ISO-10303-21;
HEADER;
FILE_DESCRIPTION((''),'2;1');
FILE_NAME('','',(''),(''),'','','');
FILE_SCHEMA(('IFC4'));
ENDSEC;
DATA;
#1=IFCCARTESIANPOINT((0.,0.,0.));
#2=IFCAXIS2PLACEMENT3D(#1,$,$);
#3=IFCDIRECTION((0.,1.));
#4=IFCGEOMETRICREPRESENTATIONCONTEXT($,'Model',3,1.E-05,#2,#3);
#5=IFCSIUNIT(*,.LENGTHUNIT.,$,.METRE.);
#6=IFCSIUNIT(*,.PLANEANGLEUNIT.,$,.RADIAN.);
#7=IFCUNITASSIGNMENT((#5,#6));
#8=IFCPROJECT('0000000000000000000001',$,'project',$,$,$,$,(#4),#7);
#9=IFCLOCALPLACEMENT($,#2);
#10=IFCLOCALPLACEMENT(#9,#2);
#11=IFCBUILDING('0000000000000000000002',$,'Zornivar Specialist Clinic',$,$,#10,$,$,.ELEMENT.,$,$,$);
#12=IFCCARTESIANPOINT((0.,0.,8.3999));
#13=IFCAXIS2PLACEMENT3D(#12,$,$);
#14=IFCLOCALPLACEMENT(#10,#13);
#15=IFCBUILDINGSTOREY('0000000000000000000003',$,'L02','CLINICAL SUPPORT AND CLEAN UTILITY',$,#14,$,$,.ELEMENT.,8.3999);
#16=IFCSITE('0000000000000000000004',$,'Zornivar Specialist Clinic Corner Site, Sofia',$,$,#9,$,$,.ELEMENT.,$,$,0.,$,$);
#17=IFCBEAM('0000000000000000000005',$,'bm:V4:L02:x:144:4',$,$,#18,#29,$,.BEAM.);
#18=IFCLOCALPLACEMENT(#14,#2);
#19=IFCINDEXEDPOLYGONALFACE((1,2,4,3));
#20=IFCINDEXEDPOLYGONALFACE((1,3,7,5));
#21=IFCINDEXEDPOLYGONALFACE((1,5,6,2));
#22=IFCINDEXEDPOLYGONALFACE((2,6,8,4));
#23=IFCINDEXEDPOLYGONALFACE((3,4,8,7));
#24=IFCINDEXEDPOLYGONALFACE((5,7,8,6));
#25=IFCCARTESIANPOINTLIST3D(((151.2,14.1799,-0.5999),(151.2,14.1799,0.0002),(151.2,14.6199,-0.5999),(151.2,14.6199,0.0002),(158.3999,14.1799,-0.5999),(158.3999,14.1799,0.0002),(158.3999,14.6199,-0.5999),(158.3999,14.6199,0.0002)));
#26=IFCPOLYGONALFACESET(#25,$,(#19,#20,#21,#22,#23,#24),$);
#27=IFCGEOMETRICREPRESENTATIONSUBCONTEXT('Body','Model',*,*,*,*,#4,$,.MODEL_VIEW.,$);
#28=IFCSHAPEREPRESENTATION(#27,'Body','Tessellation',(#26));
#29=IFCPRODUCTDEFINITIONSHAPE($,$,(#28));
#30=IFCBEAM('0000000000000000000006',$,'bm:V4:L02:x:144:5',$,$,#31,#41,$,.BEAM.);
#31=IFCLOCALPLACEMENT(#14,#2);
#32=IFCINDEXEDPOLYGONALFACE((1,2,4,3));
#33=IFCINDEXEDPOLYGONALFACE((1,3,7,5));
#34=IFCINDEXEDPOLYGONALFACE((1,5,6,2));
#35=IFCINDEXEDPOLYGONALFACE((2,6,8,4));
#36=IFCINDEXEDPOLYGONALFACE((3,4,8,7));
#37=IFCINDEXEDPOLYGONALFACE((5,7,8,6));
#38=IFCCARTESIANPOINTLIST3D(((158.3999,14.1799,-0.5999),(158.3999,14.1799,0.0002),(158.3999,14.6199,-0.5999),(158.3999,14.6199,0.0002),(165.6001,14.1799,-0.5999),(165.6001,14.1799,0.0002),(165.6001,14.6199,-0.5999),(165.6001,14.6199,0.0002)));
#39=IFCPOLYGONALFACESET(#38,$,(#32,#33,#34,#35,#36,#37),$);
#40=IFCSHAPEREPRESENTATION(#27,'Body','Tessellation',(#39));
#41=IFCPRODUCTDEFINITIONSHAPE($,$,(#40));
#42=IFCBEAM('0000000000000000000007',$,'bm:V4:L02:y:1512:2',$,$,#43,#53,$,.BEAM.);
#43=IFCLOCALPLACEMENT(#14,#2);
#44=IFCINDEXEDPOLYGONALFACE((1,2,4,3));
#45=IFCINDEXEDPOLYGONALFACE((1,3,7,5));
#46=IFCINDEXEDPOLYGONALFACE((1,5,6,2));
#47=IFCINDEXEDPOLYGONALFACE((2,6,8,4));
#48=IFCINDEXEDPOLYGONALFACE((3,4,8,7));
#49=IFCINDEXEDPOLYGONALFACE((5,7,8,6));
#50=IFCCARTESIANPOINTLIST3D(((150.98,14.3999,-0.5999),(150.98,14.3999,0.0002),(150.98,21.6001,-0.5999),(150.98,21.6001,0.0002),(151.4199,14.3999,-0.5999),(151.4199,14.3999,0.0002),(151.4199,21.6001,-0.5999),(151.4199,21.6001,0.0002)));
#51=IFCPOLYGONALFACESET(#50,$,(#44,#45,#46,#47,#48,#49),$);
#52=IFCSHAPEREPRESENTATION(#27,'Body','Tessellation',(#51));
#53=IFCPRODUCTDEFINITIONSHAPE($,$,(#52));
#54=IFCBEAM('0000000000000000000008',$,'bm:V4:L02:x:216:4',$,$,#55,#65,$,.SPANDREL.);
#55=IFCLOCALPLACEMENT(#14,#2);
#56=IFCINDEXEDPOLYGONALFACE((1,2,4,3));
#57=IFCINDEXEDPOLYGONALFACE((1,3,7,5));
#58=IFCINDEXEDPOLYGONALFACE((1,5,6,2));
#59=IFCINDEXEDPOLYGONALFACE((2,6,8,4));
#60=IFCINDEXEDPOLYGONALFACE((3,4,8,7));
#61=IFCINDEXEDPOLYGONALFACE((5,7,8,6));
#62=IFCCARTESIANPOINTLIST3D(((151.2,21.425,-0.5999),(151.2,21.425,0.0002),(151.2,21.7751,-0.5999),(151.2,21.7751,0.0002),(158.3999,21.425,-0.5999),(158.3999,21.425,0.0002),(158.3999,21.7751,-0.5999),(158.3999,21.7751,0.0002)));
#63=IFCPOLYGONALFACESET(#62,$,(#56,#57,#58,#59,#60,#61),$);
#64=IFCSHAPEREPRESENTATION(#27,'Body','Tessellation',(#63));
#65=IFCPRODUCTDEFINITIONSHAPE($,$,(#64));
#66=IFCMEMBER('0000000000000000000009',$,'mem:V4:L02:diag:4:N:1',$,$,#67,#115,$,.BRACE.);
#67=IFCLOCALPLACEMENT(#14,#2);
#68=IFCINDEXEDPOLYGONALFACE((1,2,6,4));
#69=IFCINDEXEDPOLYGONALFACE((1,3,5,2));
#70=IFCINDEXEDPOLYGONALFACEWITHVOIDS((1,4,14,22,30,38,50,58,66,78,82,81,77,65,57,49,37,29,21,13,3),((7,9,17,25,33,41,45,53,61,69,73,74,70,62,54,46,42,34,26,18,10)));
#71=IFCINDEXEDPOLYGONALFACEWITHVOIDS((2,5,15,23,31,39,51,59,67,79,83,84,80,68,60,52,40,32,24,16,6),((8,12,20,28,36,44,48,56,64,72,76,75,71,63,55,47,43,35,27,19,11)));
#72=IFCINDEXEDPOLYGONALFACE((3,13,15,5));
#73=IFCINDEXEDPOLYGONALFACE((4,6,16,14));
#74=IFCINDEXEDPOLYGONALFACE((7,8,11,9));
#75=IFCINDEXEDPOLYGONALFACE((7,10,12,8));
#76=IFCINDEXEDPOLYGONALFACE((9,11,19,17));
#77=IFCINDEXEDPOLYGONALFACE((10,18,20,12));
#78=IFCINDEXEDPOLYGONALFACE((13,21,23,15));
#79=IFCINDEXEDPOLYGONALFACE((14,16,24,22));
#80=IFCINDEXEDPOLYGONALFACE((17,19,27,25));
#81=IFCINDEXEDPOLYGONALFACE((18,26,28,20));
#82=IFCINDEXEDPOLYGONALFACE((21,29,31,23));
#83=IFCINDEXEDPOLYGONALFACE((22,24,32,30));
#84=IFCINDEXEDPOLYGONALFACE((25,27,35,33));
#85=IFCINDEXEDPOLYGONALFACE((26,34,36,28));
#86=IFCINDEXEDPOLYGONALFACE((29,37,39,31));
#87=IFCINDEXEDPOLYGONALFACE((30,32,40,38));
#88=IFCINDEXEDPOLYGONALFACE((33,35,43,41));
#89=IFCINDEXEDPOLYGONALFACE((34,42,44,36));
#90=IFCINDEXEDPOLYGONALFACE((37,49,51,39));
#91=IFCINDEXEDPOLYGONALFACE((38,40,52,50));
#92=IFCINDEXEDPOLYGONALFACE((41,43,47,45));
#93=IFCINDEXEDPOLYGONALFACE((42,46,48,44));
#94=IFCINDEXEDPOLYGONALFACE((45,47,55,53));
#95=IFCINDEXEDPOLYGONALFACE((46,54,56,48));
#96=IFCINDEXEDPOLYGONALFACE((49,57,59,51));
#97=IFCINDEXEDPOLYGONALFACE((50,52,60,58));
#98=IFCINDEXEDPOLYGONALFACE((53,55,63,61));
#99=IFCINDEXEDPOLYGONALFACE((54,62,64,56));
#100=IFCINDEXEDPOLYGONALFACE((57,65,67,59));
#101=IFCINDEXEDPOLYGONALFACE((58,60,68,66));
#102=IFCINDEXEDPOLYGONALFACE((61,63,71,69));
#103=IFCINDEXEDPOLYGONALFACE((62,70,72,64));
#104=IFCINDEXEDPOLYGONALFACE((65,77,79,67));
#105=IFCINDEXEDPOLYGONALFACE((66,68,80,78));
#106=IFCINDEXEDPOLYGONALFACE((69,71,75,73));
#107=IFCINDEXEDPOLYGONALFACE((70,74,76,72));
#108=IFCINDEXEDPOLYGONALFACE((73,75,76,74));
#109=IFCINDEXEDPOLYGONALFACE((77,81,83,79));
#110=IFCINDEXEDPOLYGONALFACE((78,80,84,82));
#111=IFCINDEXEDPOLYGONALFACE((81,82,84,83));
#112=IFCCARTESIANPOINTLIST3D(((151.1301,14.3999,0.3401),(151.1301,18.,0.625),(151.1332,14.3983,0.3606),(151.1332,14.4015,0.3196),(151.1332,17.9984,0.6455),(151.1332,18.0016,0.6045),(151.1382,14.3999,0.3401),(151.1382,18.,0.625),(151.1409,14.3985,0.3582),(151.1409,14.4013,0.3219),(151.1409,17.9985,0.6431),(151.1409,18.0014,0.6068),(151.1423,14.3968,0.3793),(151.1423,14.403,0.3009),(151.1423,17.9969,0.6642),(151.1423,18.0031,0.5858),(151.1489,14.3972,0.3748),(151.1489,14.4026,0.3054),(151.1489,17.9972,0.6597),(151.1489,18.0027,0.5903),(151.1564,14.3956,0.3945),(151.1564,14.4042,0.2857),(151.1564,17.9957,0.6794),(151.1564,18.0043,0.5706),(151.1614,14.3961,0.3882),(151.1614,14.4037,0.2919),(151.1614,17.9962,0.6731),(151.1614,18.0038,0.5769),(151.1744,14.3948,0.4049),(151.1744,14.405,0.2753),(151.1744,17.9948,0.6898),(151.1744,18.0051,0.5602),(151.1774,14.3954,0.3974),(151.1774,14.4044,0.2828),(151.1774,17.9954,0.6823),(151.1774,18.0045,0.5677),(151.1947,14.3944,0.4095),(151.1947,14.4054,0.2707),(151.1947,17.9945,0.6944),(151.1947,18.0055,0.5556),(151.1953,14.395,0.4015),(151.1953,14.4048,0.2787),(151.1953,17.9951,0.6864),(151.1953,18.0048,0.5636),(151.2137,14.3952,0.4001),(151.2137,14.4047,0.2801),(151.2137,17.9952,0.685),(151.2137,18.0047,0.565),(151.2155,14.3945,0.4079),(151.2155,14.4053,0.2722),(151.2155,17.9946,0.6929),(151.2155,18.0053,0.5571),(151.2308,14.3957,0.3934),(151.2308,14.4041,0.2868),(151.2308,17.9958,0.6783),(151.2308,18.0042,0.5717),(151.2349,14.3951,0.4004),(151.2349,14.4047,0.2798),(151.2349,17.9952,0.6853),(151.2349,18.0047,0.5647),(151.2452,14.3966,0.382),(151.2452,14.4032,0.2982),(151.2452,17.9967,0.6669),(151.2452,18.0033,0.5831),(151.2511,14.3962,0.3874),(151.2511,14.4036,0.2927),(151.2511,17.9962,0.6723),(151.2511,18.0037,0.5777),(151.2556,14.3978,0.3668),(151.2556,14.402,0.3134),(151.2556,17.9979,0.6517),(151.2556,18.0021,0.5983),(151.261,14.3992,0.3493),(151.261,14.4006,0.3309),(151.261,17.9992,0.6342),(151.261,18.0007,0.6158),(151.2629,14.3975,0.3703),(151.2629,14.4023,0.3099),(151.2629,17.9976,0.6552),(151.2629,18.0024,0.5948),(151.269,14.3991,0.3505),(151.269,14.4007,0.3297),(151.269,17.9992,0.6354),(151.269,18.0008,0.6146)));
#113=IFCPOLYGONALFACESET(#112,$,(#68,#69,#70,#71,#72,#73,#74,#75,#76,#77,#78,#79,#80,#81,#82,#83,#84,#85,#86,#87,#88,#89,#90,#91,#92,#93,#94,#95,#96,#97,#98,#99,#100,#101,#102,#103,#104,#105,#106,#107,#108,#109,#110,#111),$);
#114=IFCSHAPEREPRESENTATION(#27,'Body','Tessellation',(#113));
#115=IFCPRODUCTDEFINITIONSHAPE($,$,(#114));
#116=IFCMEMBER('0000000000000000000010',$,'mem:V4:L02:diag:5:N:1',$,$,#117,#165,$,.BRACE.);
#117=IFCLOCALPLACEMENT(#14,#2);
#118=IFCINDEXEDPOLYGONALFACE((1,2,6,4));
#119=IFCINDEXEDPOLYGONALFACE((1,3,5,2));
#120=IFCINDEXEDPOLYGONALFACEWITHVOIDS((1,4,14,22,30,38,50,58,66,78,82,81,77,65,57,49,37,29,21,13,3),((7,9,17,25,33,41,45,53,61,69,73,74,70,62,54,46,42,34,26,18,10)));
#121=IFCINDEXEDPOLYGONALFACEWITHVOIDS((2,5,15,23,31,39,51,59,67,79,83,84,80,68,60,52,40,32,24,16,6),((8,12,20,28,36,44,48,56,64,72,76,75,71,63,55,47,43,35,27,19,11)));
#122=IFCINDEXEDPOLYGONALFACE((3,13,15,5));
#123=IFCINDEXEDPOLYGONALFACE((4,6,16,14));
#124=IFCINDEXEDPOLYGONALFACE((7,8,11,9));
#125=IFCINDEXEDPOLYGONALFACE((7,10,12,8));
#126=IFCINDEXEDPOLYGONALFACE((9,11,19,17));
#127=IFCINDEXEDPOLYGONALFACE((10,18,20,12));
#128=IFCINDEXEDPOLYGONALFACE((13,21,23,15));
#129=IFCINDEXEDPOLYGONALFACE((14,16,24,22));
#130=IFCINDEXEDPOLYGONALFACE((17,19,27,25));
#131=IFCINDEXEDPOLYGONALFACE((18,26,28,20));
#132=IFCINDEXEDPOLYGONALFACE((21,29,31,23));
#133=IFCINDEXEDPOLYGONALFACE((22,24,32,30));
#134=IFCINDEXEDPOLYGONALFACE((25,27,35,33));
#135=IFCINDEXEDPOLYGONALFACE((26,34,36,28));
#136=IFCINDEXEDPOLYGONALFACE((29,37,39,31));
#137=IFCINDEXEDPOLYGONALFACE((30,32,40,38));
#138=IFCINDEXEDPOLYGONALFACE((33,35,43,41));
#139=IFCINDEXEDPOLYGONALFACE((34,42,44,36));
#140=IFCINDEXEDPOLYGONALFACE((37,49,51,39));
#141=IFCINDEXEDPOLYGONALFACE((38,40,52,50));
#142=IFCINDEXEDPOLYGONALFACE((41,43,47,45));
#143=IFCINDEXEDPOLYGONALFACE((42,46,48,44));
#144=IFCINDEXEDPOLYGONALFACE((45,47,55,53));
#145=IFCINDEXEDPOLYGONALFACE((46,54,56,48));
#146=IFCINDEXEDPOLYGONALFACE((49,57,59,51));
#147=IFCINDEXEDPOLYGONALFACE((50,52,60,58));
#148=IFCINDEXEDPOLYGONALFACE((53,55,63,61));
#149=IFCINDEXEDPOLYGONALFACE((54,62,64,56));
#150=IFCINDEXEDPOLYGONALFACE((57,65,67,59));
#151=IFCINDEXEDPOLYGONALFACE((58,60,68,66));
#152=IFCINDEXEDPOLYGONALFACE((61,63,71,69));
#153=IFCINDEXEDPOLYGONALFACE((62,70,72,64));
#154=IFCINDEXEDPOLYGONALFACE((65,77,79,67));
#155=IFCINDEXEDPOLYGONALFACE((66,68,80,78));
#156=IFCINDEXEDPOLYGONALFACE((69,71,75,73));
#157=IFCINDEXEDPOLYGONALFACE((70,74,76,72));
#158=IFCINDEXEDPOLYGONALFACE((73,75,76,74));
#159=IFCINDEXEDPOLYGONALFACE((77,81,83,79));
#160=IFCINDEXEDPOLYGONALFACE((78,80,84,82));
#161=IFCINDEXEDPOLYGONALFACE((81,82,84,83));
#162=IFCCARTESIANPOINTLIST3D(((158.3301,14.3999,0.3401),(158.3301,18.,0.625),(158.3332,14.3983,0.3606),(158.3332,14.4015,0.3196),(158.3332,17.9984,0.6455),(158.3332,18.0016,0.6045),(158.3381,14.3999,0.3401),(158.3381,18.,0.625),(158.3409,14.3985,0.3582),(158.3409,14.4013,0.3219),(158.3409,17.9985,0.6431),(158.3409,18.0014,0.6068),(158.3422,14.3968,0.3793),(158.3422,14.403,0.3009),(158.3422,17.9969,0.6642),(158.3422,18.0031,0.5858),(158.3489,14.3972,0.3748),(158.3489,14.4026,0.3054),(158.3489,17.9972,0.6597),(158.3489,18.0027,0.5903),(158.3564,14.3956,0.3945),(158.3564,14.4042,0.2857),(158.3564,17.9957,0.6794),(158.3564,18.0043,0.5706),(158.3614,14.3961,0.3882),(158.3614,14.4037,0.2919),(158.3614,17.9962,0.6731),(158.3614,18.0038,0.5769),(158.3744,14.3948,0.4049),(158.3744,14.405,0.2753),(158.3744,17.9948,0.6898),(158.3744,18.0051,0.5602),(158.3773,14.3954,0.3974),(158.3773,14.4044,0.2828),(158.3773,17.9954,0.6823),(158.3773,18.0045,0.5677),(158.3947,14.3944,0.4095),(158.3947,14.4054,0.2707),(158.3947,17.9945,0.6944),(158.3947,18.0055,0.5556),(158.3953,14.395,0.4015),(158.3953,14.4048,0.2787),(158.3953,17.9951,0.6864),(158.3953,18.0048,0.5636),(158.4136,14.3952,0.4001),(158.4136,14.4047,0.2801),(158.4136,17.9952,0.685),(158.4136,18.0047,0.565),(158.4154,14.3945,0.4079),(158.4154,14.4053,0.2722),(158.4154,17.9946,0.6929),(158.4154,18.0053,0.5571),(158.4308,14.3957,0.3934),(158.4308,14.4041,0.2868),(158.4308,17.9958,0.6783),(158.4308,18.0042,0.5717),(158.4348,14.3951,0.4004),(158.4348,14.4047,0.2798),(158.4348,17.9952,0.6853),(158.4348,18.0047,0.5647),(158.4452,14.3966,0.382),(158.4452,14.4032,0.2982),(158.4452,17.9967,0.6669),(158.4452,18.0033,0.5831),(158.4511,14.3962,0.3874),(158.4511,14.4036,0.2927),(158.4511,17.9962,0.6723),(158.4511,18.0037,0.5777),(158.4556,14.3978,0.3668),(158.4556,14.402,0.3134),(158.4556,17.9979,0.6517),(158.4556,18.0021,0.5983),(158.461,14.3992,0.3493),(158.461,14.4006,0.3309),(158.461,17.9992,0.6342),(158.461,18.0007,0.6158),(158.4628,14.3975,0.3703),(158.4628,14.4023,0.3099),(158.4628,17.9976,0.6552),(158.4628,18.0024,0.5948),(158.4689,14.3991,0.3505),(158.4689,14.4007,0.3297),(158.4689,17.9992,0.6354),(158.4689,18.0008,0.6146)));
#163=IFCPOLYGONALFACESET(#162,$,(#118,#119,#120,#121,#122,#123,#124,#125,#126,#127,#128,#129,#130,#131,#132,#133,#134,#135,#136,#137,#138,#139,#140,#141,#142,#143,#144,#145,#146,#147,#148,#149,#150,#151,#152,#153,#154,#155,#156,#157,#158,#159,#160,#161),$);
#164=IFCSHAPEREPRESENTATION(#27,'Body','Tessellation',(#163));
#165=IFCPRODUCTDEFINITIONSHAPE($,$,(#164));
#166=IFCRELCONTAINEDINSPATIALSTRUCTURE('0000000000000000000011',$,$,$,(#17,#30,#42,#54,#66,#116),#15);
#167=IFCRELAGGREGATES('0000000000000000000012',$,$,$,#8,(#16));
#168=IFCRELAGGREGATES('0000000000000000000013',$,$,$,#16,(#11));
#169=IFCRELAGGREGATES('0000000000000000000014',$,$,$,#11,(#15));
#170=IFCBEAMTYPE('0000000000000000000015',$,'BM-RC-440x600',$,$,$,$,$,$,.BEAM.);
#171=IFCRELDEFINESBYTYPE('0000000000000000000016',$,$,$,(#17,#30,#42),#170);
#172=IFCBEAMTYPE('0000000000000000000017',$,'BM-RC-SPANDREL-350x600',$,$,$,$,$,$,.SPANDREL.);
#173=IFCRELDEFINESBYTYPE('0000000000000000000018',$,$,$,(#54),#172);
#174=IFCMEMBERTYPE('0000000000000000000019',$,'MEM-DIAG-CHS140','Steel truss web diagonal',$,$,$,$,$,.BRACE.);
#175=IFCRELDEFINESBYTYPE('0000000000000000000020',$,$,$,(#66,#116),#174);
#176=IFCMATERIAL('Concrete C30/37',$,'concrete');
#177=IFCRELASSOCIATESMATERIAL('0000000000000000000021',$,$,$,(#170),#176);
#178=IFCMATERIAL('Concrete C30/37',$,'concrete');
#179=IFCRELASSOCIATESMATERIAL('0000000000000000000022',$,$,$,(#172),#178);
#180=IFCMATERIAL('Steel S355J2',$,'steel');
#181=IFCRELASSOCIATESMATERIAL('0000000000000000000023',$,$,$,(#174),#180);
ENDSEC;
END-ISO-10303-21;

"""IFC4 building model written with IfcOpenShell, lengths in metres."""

from ifc_helpers import new_model, si_unit, direction, frame, origin, origin_2d, place, context, subcontext, project, spatial, rectangle, hollow_circle, extrude, material, material_profile, profile_set, type_object, element, save


model = new_model("IFC4")

# Units and contexts
model_context = context("Model", 3, precision=1e-05, world=origin(), true_north=direction((0.0, 1.0)))
body_context = subcontext(model_context, "Body", "Model", "MODEL_VIEW")
ifc_project = project(units=[si_unit("LENGTHUNIT", "METRE"), si_unit("PLANEANGLEUNIT", "RADIAN")], contexts=[model_context])

# Site, building, storey
site_placement = place(None, origin())
site = spatial("IfcSite", under=ifc_project, at=site_placement, Name="Zornivar Specialist Clinic Corner Site, Sofia", CompositionType="ELEMENT", RefElevation=0.0)
building_placement = place(site_placement, origin())
building = spatial("IfcBuilding", under=site, at=building_placement, Name="Zornivar Specialist Clinic", CompositionType="ELEMENT")
storey_placement = place(building_placement, frame((0.0, 0.0, 8.3999)))
storey = spatial("IfcBuildingStorey", under=building, at=storey_placement, Name="L02", Description="CLINICAL SUPPORT AND CLEAN UTILITY", CompositionType="ELEMENT", Elevation=8.3999)

# Beams
ifc_material_1 = material(Name="Concrete C30/37", Category="concrete")
ifc_material_profile_1 = material_profile(ifc_material_1, rectangle(XDim=0.4399, YDim=0.6001, at=origin_2d()), Name="RC 440x600")
ifc_profile_set_1 = profile_set([ifc_material_profile_1], Name="Concrete C30/37")
beam_type_1 = type_object("IfcBeamType", Name="BM-RC-440x600", PredefinedType="BEAM", material=ifc_profile_set_1)
beam_1_placement = place(storey_placement, frame((151.2, 14.3999, -0.2998), z_axis=(1.0, 0.0, 0.0), x_axis=(0.0, 1.0, 0.0)))
element("IfcBeam", 1, at=beam_1_placement, inside=storey, type_object=beam_type_1, Name="bm:V4:L02:x:144:4", PredefinedType="BEAM", context=body_context, shape_type="SweptSolid", body=[
    extrude(rectangle(XDim=0.4399, YDim=0.6001, at=origin_2d()), origin(), (0.0, 0.0, 1.0), 7.2),
])
for number, where, z_axis, x_axis, name in (
    (2, (158.3999, 14.3999, -0.2998), (1.0, 0.0, 0.0), (0.0, 1.0, 0.0), "bm:V4:L02:x:144:5"),
    (3, (151.2, 14.3999, -0.2998), (0.0, 1.0, 0.0), (-1.0, 0.0, 0.0), "bm:V4:L02:y:1512:2"),
):
    element("IfcBeam", number, at=place(storey_placement, frame(where, z_axis=z_axis, x_axis=x_axis)), inside=storey, type_object=beam_type_1, Name=name, PredefinedType="BEAM", context=body_context, shape_type="SweptSolid", body=[
        extrude(rectangle(XDim=0.4399, YDim=0.6001, at=origin_2d()), origin(), (0.0, 0.0, 1.0), 7.2002),
    ])
ifc_material_2 = material(Name="Concrete C30/37", Category="concrete")
ifc_material_profile_2 = material_profile(ifc_material_2, rectangle(XDim=0.3501, YDim=0.6001, at=origin_2d()), Name="RC 350x600")
ifc_profile_set_2 = profile_set([ifc_material_profile_2], Name="Concrete C30/37")
beam_type_2 = type_object("IfcBeamType", Name="BM-RC-SPANDREL-350x600", PredefinedType="SPANDREL", material=ifc_profile_set_2)
beam_2_placement = place(storey_placement, frame((151.2, 21.6001, -0.2998), z_axis=(1.0, 0.0, 0.0), x_axis=(0.0, 1.0, 0.0)))
element("IfcBeam", 4, at=beam_2_placement, inside=storey, type_object=beam_type_2, Name="bm:V4:L02:x:216:4", PredefinedType="SPANDREL", context=body_context, shape_type="SweptSolid", body=[
    extrude(rectangle(XDim=0.3501, YDim=0.6001, at=origin_2d()), origin(), (0.0, 0.0, 1.0), 7.2),
])

# Members
ifc_material_3 = material(Name="Steel S355J2", Category="steel")
ifc_material_profile_3 = material_profile(ifc_material_3, hollow_circle(Radius=0.0698, WallThickness=0.0081, at=origin_2d()), Name="CHS 139.7x8")
ifc_profile_set_3 = profile_set([ifc_material_profile_3], Name="Steel S355J2")
member_type_1 = type_object("IfcMemberType", Name="MEM-DIAG-CHS140", Description="Steel truss web diagonal", PredefinedType="BRACE", material=ifc_profile_set_3)
for number, where, z_axis, x_axis, name in (
    (5, (151.2, 14.3999, 0.3401), (0.0, 0.996883, 0.078893), (-1.0, 0.0, 0.0), "mem:V4:L02:diag:4:N:1"),
    (6, (158.3999, 14.3999, 0.3401), (0.0, 0.996883, 0.078893), (-1.0, 0.0, 0.0), "mem:V4:L02:diag:5:N:1"),
):
    element("IfcMember", number, at=place(storey_placement, frame(where, z_axis=z_axis, x_axis=x_axis)), inside=storey, type_object=member_type_1, Name=name, PredefinedType="BRACE", context=body_context, shape_type="SweptSolid", body=[
        extrude(hollow_circle(Radius=0.0698, WallThickness=0.0081, at=origin_2d()), origin(), (0.0, 0.0, 1.0), 3.6113),
    ])

save(model, "model.ifc")
